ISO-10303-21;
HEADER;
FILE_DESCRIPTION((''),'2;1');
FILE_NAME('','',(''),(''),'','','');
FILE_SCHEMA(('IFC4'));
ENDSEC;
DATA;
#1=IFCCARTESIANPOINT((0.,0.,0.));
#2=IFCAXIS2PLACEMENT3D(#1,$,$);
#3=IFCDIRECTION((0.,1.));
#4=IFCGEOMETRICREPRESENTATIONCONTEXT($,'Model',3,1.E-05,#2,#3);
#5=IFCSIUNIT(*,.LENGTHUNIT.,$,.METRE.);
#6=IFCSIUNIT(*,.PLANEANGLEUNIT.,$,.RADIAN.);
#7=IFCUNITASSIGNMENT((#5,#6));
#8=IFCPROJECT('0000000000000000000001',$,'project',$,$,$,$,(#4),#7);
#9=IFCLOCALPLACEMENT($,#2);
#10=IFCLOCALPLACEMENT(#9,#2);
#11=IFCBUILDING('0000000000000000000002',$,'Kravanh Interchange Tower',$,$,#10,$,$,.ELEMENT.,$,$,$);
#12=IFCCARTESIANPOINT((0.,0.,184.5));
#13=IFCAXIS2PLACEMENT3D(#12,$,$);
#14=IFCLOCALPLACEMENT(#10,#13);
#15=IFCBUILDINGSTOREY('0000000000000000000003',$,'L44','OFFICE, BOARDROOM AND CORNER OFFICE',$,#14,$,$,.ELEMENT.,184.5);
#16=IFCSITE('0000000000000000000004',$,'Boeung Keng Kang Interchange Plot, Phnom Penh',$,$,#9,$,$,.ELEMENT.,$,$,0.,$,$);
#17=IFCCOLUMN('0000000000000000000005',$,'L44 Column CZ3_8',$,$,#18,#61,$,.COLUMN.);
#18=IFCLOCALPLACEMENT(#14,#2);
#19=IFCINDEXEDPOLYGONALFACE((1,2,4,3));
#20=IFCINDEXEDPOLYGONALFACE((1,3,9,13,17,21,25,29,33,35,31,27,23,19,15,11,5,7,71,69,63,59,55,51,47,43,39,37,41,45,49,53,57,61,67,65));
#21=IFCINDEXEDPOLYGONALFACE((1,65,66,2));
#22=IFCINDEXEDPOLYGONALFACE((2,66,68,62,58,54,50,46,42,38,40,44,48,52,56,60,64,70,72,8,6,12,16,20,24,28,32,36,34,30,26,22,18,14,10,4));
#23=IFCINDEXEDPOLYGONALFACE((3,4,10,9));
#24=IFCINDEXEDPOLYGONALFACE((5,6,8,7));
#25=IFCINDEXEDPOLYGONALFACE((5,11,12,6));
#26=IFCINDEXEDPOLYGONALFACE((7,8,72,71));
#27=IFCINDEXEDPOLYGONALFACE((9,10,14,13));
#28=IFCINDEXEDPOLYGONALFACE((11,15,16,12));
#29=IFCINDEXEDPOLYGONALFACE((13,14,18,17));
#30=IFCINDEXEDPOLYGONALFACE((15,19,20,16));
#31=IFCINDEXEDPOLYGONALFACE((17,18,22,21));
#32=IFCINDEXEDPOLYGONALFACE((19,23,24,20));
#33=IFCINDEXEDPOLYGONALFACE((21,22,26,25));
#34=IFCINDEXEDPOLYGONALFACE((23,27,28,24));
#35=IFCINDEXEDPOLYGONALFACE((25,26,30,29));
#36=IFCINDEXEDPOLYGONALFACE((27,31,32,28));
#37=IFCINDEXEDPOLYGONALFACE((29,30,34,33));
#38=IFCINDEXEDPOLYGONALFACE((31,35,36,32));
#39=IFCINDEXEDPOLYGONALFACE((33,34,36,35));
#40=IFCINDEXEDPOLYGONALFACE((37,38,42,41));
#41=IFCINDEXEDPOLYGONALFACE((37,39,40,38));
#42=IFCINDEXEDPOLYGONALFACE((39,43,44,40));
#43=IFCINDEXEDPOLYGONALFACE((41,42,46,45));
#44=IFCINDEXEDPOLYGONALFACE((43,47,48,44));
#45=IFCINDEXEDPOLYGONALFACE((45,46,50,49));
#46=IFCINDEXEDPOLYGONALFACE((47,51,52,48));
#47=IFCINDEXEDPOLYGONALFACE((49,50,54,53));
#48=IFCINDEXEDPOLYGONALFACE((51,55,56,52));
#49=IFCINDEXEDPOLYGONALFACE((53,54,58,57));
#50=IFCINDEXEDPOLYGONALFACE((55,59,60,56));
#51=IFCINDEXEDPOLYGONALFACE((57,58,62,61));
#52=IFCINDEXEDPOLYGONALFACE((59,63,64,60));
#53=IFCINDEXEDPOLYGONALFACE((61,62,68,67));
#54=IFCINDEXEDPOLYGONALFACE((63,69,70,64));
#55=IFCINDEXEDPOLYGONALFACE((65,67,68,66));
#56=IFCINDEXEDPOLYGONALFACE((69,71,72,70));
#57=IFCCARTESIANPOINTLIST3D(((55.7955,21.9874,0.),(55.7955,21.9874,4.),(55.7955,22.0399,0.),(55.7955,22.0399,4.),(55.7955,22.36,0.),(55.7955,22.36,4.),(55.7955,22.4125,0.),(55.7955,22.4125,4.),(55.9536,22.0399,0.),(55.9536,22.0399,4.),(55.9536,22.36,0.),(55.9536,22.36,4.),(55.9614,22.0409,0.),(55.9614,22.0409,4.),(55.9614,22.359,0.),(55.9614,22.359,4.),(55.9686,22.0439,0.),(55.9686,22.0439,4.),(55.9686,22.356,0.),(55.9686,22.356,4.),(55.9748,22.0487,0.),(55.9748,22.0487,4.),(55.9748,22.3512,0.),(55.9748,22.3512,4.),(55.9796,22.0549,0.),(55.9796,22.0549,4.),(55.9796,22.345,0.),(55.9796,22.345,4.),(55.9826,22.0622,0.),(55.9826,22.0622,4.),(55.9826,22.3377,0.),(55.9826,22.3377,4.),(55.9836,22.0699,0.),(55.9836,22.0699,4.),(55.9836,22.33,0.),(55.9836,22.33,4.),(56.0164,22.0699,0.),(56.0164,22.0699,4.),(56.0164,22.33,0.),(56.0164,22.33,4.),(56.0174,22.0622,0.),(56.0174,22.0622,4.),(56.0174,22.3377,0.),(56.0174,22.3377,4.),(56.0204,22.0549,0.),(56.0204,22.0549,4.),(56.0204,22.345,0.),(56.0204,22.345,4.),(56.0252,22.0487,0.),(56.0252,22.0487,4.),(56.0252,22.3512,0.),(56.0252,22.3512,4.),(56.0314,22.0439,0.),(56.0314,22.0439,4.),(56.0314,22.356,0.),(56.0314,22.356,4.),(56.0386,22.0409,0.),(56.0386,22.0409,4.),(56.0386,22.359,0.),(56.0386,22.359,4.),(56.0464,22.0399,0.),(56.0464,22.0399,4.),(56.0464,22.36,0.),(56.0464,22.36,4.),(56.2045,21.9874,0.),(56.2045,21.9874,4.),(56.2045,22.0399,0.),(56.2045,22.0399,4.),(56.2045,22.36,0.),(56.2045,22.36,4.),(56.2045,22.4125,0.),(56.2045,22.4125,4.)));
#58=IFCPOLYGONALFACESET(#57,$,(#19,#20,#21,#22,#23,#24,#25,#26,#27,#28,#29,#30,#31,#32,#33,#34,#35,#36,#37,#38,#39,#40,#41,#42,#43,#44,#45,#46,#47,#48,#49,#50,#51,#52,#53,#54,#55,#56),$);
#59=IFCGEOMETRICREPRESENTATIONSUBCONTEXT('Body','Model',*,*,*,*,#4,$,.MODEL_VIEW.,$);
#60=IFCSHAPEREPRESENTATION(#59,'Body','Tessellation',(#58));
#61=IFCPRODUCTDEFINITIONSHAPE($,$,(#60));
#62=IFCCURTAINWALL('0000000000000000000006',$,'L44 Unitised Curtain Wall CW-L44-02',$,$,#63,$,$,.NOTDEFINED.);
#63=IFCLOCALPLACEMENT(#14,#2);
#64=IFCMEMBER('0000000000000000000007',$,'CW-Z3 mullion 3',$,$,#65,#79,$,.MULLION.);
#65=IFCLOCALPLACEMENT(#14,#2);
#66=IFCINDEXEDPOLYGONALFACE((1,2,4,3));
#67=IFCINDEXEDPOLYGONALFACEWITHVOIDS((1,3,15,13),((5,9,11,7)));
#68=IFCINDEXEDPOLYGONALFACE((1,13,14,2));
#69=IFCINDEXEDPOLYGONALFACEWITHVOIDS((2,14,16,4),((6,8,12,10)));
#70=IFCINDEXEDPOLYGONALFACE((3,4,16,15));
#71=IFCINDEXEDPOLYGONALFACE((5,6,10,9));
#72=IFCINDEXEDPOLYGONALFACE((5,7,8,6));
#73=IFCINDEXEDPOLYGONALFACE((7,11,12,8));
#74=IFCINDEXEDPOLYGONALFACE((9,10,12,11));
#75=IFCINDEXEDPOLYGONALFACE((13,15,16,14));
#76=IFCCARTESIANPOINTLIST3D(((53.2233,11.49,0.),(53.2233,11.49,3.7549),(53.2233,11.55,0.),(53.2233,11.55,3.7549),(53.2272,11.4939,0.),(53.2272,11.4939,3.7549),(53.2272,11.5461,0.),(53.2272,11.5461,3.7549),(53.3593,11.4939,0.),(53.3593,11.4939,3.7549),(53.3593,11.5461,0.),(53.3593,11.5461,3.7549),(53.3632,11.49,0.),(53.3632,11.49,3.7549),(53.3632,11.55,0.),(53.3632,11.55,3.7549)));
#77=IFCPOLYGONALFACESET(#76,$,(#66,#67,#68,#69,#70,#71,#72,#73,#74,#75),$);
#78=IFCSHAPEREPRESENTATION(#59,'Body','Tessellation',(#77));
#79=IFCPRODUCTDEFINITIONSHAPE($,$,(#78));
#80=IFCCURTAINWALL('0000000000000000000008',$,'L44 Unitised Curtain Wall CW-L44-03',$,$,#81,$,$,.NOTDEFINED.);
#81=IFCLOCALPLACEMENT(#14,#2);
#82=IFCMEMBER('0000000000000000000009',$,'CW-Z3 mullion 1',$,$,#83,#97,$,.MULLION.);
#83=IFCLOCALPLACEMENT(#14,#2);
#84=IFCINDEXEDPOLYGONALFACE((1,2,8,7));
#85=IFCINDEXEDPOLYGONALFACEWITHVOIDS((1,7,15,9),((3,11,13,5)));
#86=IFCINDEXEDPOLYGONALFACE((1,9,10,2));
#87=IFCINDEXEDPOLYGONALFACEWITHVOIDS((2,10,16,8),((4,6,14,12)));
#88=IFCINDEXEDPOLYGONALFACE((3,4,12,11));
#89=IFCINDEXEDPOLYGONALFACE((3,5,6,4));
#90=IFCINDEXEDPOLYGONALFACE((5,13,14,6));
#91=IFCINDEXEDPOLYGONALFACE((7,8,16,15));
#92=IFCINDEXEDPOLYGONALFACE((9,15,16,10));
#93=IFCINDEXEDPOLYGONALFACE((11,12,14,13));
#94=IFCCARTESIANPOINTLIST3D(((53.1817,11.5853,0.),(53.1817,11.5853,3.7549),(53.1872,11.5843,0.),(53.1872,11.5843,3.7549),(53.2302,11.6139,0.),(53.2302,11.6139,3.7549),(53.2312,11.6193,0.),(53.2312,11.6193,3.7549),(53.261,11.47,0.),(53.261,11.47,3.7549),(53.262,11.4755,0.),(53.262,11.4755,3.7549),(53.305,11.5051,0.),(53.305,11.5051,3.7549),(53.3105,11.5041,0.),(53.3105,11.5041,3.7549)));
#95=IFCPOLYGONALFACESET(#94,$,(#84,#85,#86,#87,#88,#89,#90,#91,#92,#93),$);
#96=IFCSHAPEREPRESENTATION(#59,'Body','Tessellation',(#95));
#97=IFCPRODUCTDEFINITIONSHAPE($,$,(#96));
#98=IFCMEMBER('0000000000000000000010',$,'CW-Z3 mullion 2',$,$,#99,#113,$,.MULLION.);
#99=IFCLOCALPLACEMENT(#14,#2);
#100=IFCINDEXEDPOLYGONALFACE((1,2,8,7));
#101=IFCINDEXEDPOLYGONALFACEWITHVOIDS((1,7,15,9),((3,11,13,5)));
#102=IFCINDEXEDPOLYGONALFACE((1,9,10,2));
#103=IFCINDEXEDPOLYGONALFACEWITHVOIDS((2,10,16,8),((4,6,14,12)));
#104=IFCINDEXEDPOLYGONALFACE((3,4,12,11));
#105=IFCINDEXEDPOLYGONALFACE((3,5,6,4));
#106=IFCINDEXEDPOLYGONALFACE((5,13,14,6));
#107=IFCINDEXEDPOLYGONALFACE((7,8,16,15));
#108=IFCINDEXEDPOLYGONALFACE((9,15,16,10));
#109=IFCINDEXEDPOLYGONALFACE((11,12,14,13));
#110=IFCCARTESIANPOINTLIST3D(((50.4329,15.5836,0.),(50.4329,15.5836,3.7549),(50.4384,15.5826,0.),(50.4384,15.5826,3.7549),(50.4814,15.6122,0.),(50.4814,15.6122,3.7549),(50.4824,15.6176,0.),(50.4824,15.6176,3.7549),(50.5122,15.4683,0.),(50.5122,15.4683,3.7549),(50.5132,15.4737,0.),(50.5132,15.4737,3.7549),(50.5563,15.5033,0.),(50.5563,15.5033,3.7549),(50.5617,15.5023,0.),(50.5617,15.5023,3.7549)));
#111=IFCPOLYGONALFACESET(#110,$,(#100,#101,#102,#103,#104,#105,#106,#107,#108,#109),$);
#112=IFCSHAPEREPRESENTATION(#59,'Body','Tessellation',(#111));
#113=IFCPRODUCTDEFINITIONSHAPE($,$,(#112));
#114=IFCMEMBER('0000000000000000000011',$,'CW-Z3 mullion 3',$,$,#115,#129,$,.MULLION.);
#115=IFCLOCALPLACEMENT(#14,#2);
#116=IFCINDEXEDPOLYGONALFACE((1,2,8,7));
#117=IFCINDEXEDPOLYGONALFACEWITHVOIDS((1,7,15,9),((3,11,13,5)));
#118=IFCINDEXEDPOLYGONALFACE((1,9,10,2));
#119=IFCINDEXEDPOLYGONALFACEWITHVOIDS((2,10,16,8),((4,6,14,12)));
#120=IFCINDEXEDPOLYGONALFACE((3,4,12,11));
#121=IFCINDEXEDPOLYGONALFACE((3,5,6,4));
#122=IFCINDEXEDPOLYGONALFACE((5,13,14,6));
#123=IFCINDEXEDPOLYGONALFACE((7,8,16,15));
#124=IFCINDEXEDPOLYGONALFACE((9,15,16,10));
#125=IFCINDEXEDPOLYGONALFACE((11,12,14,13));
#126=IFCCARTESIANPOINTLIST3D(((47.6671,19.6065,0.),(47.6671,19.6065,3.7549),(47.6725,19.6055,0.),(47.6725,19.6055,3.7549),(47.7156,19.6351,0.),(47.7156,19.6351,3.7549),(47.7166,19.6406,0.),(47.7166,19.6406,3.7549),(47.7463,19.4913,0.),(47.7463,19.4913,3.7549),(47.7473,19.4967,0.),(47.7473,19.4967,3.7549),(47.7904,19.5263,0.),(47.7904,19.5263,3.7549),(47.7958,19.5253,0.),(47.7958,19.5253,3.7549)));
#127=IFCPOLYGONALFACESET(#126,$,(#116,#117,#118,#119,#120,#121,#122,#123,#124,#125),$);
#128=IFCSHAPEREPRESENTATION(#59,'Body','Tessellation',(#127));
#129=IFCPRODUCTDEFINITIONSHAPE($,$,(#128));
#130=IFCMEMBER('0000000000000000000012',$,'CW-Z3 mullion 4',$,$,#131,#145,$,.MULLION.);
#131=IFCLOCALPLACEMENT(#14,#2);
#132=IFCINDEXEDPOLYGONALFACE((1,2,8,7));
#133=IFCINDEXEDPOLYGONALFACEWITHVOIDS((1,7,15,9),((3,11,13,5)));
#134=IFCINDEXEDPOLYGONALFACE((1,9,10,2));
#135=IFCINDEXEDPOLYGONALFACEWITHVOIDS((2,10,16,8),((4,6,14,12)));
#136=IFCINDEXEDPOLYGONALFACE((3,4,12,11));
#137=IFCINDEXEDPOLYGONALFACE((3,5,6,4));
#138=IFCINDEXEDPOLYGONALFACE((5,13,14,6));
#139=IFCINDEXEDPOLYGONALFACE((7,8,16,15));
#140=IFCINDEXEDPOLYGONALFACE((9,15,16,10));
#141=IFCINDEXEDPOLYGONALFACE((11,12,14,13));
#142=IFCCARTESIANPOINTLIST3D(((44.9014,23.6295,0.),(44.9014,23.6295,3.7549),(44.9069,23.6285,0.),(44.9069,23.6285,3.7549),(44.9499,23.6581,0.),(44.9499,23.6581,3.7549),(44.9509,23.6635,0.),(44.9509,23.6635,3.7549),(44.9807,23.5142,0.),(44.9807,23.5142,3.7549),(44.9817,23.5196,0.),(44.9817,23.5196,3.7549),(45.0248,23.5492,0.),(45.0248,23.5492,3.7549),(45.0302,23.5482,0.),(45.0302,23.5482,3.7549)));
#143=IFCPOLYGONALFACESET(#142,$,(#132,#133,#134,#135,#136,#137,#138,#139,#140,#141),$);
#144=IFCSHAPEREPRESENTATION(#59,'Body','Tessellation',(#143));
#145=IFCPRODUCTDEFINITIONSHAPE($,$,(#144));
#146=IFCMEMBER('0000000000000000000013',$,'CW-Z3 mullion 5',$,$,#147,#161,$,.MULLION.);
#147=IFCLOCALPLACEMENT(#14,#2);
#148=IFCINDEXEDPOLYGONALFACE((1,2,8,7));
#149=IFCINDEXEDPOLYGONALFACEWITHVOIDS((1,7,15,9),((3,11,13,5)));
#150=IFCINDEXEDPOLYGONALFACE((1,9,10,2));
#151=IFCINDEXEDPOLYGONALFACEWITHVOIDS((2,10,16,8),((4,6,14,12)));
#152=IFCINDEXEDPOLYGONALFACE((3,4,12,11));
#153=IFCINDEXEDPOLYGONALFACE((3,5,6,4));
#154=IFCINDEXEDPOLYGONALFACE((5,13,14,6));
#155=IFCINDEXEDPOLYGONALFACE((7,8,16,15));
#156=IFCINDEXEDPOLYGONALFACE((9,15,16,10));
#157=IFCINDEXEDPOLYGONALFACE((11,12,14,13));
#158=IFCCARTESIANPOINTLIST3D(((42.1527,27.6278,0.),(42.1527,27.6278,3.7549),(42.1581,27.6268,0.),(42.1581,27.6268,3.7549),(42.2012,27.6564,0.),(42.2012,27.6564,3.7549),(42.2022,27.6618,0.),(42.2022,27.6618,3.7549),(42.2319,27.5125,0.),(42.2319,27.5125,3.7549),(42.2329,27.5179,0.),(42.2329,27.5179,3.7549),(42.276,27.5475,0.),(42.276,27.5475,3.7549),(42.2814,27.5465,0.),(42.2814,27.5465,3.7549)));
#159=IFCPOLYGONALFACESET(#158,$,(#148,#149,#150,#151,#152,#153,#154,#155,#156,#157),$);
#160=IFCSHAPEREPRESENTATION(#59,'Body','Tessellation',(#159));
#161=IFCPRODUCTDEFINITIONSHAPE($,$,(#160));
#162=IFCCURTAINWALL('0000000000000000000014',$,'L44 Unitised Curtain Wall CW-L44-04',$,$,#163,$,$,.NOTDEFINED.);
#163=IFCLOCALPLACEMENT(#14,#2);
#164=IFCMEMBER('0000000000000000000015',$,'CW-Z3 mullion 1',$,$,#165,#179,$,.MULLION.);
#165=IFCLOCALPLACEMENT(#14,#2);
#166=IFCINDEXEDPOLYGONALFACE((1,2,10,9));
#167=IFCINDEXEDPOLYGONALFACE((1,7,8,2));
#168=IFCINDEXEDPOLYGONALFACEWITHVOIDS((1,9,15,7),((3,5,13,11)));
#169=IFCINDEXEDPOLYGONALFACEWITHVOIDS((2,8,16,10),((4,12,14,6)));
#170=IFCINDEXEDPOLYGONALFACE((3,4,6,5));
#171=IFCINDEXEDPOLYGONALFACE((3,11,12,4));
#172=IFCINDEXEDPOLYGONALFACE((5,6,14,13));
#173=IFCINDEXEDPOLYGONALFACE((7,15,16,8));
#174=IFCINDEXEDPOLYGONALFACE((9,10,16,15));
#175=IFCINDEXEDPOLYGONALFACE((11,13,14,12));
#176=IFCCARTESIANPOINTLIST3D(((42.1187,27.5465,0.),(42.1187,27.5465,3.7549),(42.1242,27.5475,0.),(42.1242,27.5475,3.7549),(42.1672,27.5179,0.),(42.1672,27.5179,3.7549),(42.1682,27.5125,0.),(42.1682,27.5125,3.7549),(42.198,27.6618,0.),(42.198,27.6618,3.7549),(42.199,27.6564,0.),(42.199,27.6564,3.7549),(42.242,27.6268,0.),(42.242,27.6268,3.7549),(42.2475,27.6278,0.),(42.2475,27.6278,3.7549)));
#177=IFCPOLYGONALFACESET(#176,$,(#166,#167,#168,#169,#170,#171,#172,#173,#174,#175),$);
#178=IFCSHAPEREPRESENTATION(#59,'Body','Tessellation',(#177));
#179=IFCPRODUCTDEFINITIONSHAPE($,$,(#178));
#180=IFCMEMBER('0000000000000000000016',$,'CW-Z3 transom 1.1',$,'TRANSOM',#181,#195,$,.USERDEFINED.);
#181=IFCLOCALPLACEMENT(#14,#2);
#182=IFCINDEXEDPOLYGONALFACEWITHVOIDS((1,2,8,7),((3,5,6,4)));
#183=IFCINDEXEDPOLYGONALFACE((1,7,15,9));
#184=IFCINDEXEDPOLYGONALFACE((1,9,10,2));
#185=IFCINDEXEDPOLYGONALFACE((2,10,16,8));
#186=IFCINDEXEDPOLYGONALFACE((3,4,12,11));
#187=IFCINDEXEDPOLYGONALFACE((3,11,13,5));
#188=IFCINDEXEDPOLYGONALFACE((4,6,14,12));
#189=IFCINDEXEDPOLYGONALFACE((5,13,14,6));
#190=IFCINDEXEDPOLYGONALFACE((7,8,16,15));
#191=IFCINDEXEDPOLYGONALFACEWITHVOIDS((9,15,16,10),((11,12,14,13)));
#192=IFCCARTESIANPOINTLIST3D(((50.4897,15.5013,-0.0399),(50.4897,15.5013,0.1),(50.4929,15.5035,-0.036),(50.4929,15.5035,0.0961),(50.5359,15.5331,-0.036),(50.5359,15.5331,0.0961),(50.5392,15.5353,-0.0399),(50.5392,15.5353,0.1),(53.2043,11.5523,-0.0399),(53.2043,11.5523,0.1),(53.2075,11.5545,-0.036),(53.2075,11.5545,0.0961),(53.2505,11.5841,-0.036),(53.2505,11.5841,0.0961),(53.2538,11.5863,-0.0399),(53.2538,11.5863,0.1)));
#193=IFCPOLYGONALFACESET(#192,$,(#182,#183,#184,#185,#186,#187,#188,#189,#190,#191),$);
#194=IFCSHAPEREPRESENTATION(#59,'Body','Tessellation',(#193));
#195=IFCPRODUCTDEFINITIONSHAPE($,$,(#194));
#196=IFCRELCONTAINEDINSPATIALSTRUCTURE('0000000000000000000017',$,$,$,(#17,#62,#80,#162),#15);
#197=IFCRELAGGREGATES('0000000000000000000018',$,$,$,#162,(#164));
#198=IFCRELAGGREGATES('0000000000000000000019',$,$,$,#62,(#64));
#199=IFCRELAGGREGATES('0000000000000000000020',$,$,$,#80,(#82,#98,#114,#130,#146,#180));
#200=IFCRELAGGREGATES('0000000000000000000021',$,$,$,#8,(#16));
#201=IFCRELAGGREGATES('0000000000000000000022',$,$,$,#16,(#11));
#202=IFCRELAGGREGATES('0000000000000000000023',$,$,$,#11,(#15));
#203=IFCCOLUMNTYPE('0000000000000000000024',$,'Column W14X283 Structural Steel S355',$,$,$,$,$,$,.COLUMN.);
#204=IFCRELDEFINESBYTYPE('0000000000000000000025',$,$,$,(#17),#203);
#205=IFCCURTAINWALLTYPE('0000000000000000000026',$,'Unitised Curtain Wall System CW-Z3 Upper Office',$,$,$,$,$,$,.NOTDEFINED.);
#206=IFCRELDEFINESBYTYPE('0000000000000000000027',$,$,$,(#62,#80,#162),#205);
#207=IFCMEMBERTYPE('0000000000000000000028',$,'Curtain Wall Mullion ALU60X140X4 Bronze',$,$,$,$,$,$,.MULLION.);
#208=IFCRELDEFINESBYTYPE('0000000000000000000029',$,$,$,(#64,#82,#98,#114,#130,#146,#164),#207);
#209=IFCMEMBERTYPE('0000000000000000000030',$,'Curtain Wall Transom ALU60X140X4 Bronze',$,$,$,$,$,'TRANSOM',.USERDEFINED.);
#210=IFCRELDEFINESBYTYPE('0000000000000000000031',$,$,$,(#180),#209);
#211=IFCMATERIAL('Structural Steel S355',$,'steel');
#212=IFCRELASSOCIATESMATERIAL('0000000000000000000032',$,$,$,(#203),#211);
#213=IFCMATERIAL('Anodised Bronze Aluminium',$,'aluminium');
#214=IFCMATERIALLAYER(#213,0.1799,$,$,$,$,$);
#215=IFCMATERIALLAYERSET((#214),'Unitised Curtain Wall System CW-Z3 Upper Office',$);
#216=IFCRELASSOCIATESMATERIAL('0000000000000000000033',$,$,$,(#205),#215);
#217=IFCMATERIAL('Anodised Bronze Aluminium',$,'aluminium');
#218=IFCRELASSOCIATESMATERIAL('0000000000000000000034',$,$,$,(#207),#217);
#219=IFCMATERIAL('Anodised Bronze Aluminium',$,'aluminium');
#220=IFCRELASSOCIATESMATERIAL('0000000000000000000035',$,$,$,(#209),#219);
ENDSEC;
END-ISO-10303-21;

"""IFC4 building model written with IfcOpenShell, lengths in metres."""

from ifc_helpers import new_model, si_unit, direction, frame, origin, origin_2d, place, context, subcontext, project, spatial, hollow_rectangle, i_section, extrude, material, layer, layer_set, material_profile, profile_set, type_object, element, aggregate, save


model = new_model("IFC4")

# Units and contexts
model_context = context("Model", 3, precision=1e-05, world=origin(), true_north=direction((0.0, 1.0)))
body_context = subcontext(model_context, "Body", "Model", "MODEL_VIEW")
ifc_project = project(units=[si_unit("LENGTHUNIT", "METRE"), si_unit("PLANEANGLEUNIT", "RADIAN")], contexts=[model_context])

# Site, building, storey
site_placement = place(None, origin())
site = spatial("IfcSite", under=ifc_project, at=site_placement, Name="Boeung Keng Kang Interchange Plot, Phnom Penh", CompositionType="ELEMENT", RefElevation=0.0)
building_placement = place(site_placement, origin())
building = spatial("IfcBuilding", under=site, at=building_placement, Name="Kravanh Interchange Tower", CompositionType="ELEMENT")
storey_placement = place(building_placement, frame((0.0, 0.0, 184.5)))
storey = spatial("IfcBuildingStorey", under=building, at=storey_placement, Name="L44", Description="OFFICE, BOARDROOM AND CORNER OFFICE", CompositionType="ELEMENT", Elevation=184.5)

# Column
ifc_material_1 = material(Name="Structural Steel S355", Category="steel")
ifc_material_profile_1 = material_profile(ifc_material_1, i_section(OverallWidth=0.4089, OverallDepth=0.425, WebThickness=0.0327, FlangeThickness=0.0525, FilletRadius=0.03, at=origin_2d()), Name="W14X283")
ifc_profile_set_1 = profile_set([ifc_material_profile_1], Name="Structural Steel S355")
column_type = type_object("IfcColumnType", Name="Column W14X283 Structural Steel S355", PredefinedType="COLUMN", material=ifc_profile_set_1)
for number, where, z_axis, x_axis, name in (
    (1, (56.0, 22.2, 0.0), (0.0, 0.0, 1.0), (1.0, 0.0, 0.0), "L44 Column CZ3_8"),
):
    element("IfcColumn", number, at=place(storey_placement, frame(where, z_axis=z_axis, x_axis=x_axis)), inside=storey, type_object=column_type, Name=name, PredefinedType="COLUMN", context=body_context, shape_type="SweptSolid", body=[
        extrude(i_section(OverallWidth=0.4089, OverallDepth=0.425, WebThickness=0.0327, FlangeThickness=0.0525, FilletRadius=0.03, at=origin_2d()), origin(), (0.0, 0.0, 1.0), 4.0),
    ])

# Curtain wall, member
ifc_material_2 = material(Name="Anodised Bronze Aluminium", Category="aluminium")
ifc_layer_1 = layer(ifc_material_2, 0.1799)
ifc_layer_set_1 = layer_set([ifc_layer_1], Name="Unitised Curtain Wall System CW-Z3 Upper Office")
curtain_wall_type = type_object("IfcCurtainWallType", Name="Unitised Curtain Wall System CW-Z3 Upper Office", PredefinedType="NOTDEFINED", material=ifc_layer_set_1)
curtain_wall_1_placement = place(storey_placement, origin())
curtain_wall_1 = element("IfcCurtainWall", 2, at=curtain_wall_1_placement, inside=storey, type_object=curtain_wall_type, Name="L44 Unitised Curtain Wall CW-L44-02", PredefinedType="NOTDEFINED")
ifc_material_3 = material(Name="Anodised Bronze Aluminium", Category="aluminium")
ifc_material_profile_2 = material_profile(ifc_material_3, hollow_rectangle(XDim=0.0601, YDim=0.1399, WallThickness=0.0039, at=origin_2d()), Name="ALU60X140X4")
ifc_profile_set_2 = profile_set([ifc_material_profile_2], Name="Anodised Bronze Aluminium")
member_type_1 = type_object("IfcMemberType", Name="Curtain Wall Mullion ALU60X140X4 Bronze", PredefinedType="MULLION", material=ifc_profile_set_2)
member_1_placement = place(storey_placement, frame((53.2932, 11.52, 0.0), z_axis=(0.0, 0.0, 1.0), x_axis=(0.0, -1.0, 0.0)))
member_1 = element("IfcMember", 3, at=member_1_placement, type_object=member_type_1, Name="CW-Z3 mullion 3", PredefinedType="MULLION", context=body_context, shape_type="SweptSolid", body=[
    extrude(hollow_rectangle(XDim=0.0601, YDim=0.1399, WallThickness=0.0039, at=origin_2d()), origin(), (0.0, 0.0, 1.0), 3.7549),
])

# Curtain wall, members
curtain_wall_2_placement = place(storey_placement, origin())
curtain_wall_2 = element("IfcCurtainWall", 4, at=curtain_wall_2_placement, inside=storey, type_object=curtain_wall_type, Name="L44 Unitised Curtain Wall CW-L44-03", PredefinedType="NOTDEFINED")
member_2_placement = place(storey_placement, frame((53.2461, 11.5447, 0.0), z_axis=(0.0, 0.0, 1.0), x_axis=(-0.824042, -0.566528, 0.0)))
member_2 = element("IfcMember", 5, at=member_2_placement, type_object=member_type_1, Name="CW-Z3 mullion 1", PredefinedType="MULLION", context=body_context, shape_type="SweptSolid", body=[
    extrude(hollow_rectangle(XDim=0.0601, YDim=0.1399, WallThickness=0.0039, at=origin_2d()), origin(), (0.0, 0.0, 1.0), 3.7549),
])
member_3_placement = place(storey_placement, frame((50.4973, 15.543, 0.0), z_axis=(0.0, 0.0, 1.0), x_axis=(-0.824042, -0.566528, 0.0)))
member_3 = element("IfcMember", 6, at=member_3_placement, type_object=member_type_1, Name="CW-Z3 mullion 2", PredefinedType="MULLION", context=body_context, shape_type="SweptSolid", body=[
    extrude(hollow_rectangle(XDim=0.0601, YDim=0.1399, WallThickness=0.0039, at=origin_2d()), origin(), (0.0, 0.0, 1.0), 3.7549),
])
member_4_placement = place(storey_placement, frame((47.7314, 19.5659, 0.0), z_axis=(0.0, 0.0, 1.0), x_axis=(-0.824042, -0.566528, 0.0)))
member_4 = element("IfcMember", 7, at=member_4_placement, type_object=member_type_1, Name="CW-Z3 mullion 3", PredefinedType="MULLION", context=body_context, shape_type="SweptSolid", body=[
    extrude(hollow_rectangle(XDim=0.0601, YDim=0.1399, WallThickness=0.0039, at=origin_2d()), origin(), (0.0, 0.0, 1.0), 3.7549),
])
member_5_placement = place(storey_placement, frame((44.9658, 23.5889, 0.0), z_axis=(0.0, 0.0, 1.0), x_axis=(-0.824042, -0.566528, 0.0)))
member_5 = element("IfcMember", 8, at=member_5_placement, type_object=member_type_1, Name="CW-Z3 mullion 4", PredefinedType="MULLION", context=body_context, shape_type="SweptSolid", body=[
    extrude(hollow_rectangle(XDim=0.0601, YDim=0.1399, WallThickness=0.0039, at=origin_2d()), origin(), (0.0, 0.0, 1.0), 3.7549),
])
member_6_placement = place(storey_placement, frame((42.217, 27.5872, 0.0), z_axis=(0.0, 0.0, 1.0), x_axis=(-0.824042, -0.566528, 0.0)))
member_6 = element("IfcMember", 9, at=member_6_placement, type_object=member_type_1, Name="CW-Z3 mullion 5", PredefinedType="MULLION", context=body_context, shape_type="SweptSolid", body=[
    extrude(hollow_rectangle(XDim=0.0601, YDim=0.1399, WallThickness=0.0039, at=origin_2d()), origin(), (0.0, 0.0, 1.0), 3.7549),
])

# Curtain wall, member
curtain_wall_3_placement = place(storey_placement, origin())
curtain_wall_3 = element("IfcCurtainWall", 10, at=curtain_wall_3_placement, inside=storey, type_object=curtain_wall_type, Name="L44 Unitised Curtain Wall CW-L44-04", PredefinedType="NOTDEFINED")
member_7_placement = place(storey_placement, frame((42.1831, 27.5872, 0.0), z_axis=(0.0, 0.0, 1.0), x_axis=(0.824042, -0.566528, 0.0)))
member_7 = element("IfcMember", 11, at=member_7_placement, type_object=member_type_1, Name="CW-Z3 mullion 1", PredefinedType="MULLION", context=body_context, shape_type="SweptSolid", body=[
    extrude(hollow_rectangle(XDim=0.0601, YDim=0.1399, WallThickness=0.0039, at=origin_2d()), origin(), (0.0, 0.0, 1.0), 3.7549),
])
aggregate(curtain_wall_3, [member_7])

# Member
ifc_material_4 = material(Name="Anodised Bronze Aluminium", Category="aluminium")
ifc_material_profile_3 = material_profile(ifc_material_4, hollow_rectangle(XDim=0.0601, YDim=0.1399, WallThickness=0.0039, at=origin_2d()), Name="ALU60X140X4")
ifc_profile_set_3 = profile_set([ifc_material_profile_3], Name="Anodised Bronze Aluminium")
member_type_2 = type_object("IfcMemberType", Name="Curtain Wall Transom ALU60X140X4 Bronze", ElementType="TRANSOM", PredefinedType="USERDEFINED", material=ifc_profile_set_3)
member_8_placement = place(storey_placement, frame((53.229, 11.5693, 0.03), z_axis=(-0.566483, 0.824073, 0.0), x_axis=(-0.824073, -0.566483, 0.0)))
member_8 = element("IfcMember", 12, at=member_8_placement, type_object=member_type_2, Name="CW-Z3 transom 1.1", ObjectType="TRANSOM", PredefinedType="USERDEFINED", context=body_context, shape_type="SweptSolid", body=[
    extrude(hollow_rectangle(XDim=0.0601, YDim=0.1399, WallThickness=0.0039, at=origin_2d()), origin(), (0.0, 0.0, 1.0), 4.792),
])

aggregate(curtain_wall_1, [member_1])
aggregate(curtain_wall_2, [member_2, member_3, member_4, member_5, member_6, member_8])

save(model, "model.ifc")
